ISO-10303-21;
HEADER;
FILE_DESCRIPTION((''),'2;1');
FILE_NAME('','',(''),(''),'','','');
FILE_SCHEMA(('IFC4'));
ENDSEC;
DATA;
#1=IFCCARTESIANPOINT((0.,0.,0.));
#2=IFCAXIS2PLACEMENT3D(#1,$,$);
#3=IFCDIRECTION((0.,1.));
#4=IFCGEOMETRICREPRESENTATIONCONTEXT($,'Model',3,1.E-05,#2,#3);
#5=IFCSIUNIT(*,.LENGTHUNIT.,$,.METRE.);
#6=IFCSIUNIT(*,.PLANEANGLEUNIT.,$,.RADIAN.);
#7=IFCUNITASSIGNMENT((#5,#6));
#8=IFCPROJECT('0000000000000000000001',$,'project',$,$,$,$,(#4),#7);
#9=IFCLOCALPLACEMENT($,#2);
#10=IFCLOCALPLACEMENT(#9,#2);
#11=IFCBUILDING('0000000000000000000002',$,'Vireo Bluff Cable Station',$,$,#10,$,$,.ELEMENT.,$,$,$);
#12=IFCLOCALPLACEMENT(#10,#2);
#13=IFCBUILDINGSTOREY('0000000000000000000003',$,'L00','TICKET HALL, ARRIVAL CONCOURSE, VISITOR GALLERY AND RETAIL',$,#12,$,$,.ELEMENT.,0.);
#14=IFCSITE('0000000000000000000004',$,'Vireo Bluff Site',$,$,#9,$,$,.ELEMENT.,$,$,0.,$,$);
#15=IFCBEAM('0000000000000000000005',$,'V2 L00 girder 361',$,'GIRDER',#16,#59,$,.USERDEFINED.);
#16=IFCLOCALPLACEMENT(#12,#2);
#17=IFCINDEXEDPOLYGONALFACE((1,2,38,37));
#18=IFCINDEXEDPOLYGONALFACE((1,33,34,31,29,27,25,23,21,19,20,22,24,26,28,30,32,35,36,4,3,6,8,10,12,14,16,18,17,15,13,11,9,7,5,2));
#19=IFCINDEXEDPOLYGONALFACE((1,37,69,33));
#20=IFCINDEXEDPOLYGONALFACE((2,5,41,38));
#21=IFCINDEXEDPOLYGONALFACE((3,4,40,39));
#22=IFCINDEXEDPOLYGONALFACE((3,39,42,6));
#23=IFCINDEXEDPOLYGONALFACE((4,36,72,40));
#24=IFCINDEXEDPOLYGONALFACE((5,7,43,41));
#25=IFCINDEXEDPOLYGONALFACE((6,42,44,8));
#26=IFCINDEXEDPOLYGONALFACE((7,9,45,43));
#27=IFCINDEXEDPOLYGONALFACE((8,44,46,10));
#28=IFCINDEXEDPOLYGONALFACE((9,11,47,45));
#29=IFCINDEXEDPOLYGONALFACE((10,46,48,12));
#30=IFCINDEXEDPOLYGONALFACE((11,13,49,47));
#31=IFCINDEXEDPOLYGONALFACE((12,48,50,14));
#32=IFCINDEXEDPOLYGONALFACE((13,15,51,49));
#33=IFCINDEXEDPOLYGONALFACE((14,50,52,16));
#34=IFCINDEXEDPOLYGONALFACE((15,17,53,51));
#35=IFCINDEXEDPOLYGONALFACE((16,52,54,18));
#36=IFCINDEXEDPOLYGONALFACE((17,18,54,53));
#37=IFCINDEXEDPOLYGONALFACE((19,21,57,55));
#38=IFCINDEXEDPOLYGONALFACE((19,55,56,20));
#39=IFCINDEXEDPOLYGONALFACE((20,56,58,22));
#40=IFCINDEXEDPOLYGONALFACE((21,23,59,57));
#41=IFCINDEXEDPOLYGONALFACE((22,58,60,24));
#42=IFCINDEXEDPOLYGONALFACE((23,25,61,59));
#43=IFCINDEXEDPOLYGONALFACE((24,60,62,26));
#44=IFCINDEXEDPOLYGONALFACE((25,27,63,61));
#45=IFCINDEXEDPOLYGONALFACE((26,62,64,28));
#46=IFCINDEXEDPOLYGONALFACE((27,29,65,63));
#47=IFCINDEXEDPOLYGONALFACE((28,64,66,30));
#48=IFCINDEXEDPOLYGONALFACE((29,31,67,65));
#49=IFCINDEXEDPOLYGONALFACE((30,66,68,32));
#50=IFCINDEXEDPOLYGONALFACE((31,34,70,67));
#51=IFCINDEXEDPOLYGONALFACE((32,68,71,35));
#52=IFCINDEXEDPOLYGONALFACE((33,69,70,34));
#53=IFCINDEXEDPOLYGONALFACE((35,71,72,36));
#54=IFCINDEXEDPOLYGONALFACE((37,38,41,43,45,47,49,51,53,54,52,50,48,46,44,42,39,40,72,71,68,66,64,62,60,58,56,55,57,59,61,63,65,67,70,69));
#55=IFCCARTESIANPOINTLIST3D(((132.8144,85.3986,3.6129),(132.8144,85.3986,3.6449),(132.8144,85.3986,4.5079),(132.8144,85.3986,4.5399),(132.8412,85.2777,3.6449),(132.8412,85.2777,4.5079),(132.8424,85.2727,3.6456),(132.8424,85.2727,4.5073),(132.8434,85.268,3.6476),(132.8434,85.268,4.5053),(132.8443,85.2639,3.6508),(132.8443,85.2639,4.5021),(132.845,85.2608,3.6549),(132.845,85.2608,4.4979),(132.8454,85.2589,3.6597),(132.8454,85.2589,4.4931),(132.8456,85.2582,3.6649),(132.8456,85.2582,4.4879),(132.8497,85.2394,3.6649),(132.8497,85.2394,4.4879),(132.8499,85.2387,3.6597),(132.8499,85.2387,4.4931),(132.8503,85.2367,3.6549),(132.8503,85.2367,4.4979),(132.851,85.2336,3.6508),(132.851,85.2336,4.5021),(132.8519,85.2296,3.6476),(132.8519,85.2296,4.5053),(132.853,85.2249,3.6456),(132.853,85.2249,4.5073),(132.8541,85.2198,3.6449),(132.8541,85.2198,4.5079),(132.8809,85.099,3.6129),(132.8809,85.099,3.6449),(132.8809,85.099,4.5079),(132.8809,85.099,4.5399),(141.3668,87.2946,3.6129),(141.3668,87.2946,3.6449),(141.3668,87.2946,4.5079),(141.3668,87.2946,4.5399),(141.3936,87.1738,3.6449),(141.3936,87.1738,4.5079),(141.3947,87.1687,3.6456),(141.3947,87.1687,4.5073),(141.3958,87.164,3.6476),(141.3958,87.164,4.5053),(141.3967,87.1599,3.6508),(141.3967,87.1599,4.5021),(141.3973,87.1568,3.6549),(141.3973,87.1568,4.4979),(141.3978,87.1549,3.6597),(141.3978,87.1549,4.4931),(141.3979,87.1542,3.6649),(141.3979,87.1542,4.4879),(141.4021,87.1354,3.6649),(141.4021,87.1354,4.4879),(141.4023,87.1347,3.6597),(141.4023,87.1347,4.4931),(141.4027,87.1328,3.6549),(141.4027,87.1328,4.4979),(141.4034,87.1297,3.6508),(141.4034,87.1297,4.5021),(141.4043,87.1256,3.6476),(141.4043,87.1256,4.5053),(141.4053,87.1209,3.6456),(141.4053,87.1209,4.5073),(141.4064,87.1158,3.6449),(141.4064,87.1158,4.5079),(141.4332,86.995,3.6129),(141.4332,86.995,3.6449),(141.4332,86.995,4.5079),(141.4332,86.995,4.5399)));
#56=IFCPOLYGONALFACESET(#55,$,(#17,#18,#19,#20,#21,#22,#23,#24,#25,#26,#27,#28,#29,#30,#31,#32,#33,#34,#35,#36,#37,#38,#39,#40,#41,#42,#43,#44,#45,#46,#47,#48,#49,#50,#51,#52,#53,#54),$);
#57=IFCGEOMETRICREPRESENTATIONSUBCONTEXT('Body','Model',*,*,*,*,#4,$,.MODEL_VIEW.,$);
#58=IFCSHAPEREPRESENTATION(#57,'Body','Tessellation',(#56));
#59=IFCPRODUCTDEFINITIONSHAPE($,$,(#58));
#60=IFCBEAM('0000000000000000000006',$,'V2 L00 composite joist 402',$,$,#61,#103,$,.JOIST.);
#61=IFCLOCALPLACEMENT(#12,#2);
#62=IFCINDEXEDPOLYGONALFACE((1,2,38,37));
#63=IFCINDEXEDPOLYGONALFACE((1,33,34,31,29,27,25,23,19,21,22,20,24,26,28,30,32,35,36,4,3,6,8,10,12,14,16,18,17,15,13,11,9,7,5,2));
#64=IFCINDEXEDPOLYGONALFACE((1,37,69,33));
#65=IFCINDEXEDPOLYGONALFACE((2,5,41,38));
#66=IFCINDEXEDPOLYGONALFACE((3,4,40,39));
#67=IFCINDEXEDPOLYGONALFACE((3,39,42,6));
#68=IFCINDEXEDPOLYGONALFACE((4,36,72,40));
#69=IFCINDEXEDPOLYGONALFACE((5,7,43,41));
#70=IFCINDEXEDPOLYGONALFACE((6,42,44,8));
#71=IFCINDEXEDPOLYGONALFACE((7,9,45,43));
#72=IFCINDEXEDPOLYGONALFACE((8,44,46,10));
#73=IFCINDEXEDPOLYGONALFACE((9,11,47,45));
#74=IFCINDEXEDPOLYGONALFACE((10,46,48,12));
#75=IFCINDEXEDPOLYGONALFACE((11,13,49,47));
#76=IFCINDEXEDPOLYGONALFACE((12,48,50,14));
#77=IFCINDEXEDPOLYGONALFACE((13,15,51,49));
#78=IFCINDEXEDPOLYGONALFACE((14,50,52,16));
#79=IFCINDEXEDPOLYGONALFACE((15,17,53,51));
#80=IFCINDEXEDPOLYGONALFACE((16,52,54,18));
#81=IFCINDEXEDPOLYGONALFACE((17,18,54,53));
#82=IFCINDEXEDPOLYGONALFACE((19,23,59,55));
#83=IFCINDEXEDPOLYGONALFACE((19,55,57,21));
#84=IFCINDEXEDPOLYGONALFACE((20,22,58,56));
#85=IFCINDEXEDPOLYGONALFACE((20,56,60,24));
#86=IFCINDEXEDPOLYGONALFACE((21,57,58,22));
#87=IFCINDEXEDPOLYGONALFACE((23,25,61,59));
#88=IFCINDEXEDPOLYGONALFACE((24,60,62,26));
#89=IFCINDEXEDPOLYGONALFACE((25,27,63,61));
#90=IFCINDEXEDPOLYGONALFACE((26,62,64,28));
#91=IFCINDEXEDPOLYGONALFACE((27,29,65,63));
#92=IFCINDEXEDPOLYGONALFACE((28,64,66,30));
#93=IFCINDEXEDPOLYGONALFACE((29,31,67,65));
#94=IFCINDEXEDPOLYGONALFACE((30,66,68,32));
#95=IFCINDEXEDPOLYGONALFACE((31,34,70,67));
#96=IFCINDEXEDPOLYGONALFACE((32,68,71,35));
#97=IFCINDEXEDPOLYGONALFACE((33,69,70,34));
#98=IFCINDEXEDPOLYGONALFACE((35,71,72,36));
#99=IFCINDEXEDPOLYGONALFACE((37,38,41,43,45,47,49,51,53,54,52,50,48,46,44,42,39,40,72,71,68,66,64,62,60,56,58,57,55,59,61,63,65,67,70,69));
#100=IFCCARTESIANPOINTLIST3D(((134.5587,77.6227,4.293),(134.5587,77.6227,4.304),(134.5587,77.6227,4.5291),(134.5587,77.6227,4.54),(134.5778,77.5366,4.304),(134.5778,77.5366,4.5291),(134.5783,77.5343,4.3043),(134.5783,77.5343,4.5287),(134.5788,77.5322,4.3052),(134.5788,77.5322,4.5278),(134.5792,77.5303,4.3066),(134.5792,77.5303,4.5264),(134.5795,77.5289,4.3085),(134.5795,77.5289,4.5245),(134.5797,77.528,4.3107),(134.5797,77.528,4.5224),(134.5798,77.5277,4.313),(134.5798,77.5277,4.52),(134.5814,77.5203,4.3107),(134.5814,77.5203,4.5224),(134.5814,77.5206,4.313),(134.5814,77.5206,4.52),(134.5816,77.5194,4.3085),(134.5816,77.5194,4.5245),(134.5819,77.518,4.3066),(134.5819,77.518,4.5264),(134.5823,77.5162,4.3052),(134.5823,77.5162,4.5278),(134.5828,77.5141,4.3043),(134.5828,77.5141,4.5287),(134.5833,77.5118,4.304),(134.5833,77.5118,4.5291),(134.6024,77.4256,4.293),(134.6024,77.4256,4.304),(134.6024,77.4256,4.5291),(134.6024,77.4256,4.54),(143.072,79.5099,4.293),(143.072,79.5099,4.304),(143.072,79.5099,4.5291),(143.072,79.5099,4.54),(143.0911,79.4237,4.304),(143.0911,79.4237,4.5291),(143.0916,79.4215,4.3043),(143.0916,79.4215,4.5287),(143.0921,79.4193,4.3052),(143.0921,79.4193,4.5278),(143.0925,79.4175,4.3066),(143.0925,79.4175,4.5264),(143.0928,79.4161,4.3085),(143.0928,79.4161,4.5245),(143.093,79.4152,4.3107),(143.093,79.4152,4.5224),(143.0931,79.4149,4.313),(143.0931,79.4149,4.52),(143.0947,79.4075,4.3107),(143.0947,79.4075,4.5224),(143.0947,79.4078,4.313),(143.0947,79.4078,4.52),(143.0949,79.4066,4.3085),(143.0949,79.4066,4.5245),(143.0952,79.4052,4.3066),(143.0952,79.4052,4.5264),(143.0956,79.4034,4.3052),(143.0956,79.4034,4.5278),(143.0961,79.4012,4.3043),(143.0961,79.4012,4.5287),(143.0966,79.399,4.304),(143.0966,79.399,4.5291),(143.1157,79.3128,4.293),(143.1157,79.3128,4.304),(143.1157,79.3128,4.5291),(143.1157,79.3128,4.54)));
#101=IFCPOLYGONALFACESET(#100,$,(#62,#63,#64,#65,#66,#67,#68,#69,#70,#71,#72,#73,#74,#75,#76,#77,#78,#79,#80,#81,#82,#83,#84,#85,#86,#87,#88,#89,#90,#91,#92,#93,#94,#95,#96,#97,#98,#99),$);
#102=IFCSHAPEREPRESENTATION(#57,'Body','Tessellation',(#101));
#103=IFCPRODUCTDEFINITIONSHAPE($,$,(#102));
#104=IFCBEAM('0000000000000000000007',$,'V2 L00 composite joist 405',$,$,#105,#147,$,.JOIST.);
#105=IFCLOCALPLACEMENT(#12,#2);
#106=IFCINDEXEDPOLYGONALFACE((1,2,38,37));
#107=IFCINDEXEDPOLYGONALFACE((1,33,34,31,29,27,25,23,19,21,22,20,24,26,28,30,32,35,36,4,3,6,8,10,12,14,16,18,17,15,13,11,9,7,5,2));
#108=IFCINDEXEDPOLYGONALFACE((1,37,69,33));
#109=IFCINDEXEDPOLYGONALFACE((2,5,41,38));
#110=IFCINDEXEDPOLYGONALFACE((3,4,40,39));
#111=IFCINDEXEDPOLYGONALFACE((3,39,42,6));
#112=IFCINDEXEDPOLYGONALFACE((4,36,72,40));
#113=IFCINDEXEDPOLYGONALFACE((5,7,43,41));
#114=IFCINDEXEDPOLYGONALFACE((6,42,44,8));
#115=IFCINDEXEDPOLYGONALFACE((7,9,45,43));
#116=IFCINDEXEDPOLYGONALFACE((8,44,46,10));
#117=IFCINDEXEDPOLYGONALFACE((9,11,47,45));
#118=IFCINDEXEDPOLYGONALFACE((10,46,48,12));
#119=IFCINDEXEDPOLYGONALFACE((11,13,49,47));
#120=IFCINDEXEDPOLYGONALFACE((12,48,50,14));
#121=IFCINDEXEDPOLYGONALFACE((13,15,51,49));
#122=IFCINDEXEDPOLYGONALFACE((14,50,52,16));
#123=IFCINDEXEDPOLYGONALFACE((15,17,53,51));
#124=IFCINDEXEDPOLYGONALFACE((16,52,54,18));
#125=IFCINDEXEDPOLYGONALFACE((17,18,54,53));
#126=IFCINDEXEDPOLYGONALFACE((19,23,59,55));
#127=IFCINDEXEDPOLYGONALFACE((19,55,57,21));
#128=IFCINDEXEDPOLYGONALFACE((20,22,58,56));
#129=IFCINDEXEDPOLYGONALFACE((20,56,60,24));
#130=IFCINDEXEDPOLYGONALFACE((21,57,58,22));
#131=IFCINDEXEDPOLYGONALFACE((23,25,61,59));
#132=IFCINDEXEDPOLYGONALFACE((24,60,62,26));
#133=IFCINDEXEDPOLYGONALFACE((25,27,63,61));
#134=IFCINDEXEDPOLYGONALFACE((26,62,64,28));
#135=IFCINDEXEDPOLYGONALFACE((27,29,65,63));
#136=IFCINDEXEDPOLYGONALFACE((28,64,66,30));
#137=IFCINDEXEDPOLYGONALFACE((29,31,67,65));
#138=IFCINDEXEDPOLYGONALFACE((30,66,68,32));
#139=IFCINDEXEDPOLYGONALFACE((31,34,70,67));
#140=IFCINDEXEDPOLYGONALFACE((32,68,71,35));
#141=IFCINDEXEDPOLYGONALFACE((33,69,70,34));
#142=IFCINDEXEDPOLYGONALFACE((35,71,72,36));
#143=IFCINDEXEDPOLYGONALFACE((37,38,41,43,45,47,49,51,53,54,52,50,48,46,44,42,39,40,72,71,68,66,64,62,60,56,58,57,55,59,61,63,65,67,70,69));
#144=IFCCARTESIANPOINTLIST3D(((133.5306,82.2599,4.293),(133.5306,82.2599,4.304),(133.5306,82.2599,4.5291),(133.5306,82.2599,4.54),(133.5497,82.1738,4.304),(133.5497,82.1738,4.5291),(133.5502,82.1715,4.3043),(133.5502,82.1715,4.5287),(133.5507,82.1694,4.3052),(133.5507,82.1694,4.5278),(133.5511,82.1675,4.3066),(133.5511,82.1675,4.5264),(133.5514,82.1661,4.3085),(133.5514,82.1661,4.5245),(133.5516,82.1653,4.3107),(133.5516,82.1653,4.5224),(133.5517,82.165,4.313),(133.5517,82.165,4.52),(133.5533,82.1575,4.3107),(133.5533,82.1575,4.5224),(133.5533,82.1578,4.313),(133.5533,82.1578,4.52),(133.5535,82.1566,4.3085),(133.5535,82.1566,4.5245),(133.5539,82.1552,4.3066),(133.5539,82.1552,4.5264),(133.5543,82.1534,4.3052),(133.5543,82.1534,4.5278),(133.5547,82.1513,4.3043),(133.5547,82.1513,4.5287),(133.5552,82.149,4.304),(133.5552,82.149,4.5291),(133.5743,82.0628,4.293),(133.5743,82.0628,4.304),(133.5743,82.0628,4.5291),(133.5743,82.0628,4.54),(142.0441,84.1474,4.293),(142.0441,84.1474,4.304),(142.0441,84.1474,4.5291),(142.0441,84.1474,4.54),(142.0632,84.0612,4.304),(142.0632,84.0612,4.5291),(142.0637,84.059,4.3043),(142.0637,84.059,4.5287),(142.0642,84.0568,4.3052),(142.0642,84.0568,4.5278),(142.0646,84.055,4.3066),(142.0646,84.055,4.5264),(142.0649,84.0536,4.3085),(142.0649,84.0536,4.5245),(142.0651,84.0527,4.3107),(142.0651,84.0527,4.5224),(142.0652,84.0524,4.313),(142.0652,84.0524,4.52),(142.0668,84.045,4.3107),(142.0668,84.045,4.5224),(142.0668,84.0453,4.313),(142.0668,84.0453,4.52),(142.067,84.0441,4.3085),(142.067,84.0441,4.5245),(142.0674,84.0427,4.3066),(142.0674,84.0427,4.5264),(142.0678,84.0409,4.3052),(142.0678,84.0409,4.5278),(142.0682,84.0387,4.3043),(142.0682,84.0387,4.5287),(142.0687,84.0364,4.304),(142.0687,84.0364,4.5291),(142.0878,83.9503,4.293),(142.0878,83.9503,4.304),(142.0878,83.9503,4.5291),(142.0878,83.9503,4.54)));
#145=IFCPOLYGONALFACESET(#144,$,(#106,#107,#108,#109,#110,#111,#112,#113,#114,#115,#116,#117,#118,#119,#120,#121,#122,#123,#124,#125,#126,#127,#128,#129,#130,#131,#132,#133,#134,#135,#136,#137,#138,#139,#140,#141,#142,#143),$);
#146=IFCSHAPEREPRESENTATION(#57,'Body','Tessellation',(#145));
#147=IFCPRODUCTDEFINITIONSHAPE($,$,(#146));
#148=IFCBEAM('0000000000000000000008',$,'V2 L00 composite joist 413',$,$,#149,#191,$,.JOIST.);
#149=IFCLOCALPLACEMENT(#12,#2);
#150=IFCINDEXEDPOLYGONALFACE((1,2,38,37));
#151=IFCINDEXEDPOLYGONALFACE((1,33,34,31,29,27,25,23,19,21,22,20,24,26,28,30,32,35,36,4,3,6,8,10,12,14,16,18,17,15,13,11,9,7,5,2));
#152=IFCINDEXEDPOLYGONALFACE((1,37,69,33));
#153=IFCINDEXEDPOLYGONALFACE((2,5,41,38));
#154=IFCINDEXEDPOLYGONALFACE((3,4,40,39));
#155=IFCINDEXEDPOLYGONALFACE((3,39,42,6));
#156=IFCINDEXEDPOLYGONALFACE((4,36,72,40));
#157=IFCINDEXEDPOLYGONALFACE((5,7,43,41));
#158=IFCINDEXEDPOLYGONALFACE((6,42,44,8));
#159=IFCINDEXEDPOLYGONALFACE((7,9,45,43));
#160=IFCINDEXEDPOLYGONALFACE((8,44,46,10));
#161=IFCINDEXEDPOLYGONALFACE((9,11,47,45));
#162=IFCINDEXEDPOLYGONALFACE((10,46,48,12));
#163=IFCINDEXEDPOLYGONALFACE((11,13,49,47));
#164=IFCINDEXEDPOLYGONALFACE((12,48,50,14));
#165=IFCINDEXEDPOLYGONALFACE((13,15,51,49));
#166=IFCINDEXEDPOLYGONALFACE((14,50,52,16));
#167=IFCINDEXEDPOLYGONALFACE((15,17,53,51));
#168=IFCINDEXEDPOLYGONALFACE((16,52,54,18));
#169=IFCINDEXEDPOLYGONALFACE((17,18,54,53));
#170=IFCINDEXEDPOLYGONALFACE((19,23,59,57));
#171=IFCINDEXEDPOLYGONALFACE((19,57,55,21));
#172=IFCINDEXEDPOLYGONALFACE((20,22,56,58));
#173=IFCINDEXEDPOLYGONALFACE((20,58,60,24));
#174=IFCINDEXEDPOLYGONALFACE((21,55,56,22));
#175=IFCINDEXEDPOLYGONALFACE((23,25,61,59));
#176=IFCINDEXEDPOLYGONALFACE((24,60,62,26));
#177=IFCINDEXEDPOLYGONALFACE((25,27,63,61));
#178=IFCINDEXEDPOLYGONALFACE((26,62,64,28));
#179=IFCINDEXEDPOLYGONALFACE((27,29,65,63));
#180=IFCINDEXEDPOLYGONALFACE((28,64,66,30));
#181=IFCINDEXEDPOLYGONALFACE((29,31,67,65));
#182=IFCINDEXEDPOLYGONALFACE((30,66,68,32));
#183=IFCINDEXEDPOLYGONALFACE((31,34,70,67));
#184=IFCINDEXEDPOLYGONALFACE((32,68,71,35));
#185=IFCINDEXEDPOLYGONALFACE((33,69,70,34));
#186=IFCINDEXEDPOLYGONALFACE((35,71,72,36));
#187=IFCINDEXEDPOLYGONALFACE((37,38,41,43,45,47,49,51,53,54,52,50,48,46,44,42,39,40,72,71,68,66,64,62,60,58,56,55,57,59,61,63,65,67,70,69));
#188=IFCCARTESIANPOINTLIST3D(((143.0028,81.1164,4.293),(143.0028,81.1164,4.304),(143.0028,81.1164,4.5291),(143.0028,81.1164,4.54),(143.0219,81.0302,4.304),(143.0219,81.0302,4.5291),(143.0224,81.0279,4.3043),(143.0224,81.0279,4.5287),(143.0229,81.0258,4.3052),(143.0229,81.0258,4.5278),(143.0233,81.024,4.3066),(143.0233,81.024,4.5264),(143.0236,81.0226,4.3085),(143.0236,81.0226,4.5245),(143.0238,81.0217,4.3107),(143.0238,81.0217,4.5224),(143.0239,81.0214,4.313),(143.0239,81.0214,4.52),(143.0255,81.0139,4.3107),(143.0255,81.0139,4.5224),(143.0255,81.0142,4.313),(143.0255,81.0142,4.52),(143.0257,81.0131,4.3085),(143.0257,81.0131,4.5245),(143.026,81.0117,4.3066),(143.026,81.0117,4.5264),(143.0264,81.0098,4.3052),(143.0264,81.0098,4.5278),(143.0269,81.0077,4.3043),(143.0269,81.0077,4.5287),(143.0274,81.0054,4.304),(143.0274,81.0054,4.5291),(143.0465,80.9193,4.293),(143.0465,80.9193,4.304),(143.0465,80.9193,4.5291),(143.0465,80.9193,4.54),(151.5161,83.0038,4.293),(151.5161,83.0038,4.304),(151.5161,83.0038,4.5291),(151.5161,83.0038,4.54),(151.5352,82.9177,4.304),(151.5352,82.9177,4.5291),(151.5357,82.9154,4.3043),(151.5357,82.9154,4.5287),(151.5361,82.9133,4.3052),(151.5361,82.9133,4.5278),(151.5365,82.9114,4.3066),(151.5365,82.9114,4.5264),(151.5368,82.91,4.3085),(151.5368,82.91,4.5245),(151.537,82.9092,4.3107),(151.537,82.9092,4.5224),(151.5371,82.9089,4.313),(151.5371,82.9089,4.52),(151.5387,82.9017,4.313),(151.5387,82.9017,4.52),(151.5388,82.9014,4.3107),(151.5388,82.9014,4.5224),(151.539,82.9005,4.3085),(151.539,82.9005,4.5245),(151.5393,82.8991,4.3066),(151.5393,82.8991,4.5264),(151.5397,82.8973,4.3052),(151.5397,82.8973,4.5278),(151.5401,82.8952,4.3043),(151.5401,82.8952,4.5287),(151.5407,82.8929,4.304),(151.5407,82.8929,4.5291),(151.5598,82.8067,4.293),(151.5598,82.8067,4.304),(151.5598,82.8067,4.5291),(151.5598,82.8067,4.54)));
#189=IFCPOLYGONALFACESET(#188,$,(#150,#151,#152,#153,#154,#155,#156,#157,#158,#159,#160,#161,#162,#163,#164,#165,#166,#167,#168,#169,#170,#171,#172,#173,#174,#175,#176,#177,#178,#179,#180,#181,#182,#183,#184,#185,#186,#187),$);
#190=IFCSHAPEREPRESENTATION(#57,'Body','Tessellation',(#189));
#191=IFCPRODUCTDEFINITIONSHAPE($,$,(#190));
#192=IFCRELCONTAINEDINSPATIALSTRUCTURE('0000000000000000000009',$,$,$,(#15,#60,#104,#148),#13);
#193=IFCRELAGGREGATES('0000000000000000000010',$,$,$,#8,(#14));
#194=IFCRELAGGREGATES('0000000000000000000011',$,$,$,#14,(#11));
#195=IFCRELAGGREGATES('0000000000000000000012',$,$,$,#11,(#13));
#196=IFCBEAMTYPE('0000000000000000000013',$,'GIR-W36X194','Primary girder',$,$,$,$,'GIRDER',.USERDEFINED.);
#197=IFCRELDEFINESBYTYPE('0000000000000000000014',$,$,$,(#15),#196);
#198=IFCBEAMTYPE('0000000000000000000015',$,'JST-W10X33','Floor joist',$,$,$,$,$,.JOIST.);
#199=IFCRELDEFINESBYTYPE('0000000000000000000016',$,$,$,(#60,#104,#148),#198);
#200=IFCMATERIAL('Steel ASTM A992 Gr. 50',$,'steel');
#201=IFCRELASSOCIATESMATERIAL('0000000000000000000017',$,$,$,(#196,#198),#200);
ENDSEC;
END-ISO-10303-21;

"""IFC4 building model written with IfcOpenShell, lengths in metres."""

from ifc_helpers import new_model, si_unit, direction, frame, origin, origin_2d, place, context, subcontext, project, spatial, i_section, extrude, material, material_profile, profile_set, type_object, element, save


model = new_model("IFC4")

# Units and contexts
model_context = context("Model", 3, precision=1e-05, world=origin(), true_north=direction((0.0, 1.0)))
body_context = subcontext(model_context, "Body", "Model", "MODEL_VIEW")
ifc_project = project(units=[si_unit("LENGTHUNIT", "METRE"), si_unit("PLANEANGLEUNIT", "RADIAN")], contexts=[model_context])

# Site, building, storey
site_placement = place(None, origin())
site = spatial("IfcSite", under=ifc_project, at=site_placement, Name="Vireo Bluff Site", CompositionType="ELEMENT", RefElevation=0.0)
building_placement = place(site_placement, origin())
building = spatial("IfcBuilding", under=site, at=building_placement, Name="Vireo Bluff Cable Station", CompositionType="ELEMENT")
storey_placement = place(building_placement, origin())
storey = spatial("IfcBuildingStorey", under=building, at=storey_placement, Name="L00", Description="TICKET HALL, ARRIVAL CONCOURSE, VISITOR GALLERY AND RETAIL", CompositionType="ELEMENT", Elevation=0.0)

# Shared definitions
ifc_material_1 = material(Name="Steel ASTM A992 Gr. 50", Category="steel")

# Beams
ifc_material_profile_1 = material_profile(ifc_material_1, i_section(OverallWidth=0.3069, OverallDepth=0.927, WebThickness=0.0193, FlangeThickness=0.032, FilletRadius=0.02, at=origin_2d()), Name="W36X194")
ifc_profile_set_1 = profile_set([ifc_material_profile_1], Name="Steel ASTM A992 Gr. 50")
beam_type_1 = type_object("IfcBeamType", Name="GIR-W36X194", Description="Primary girder", ElementType="GIRDER", PredefinedType="USERDEFINED", material=ifc_profile_set_1)
beam_1_placement = place(storey_placement, frame((132.8477, 85.2488, 4.0764), z_axis=(0.976296, 0.216441, 0.0), x_axis=(-0.216441, 0.976296, 0.0)))
element("IfcBeam", 1, at=beam_1_placement, inside=storey, type_object=beam_type_1, Name="V2 L00 girder 361", ObjectType="GIRDER", PredefinedType="USERDEFINED", context=body_context, shape_type="SweptSolid", body=[
    extrude(i_section(OverallWidth=0.3069, OverallDepth=0.927, WebThickness=0.0193, FlangeThickness=0.032, FilletRadius=0.02, at=origin_2d()), origin(), (0.0, 0.0, 1.0), 8.76),
])
ifc_material_profile_2 = material_profile(ifc_material_1, i_section(OverallWidth=0.2019, OverallDepth=0.2471, WebThickness=0.0073, FlangeThickness=0.011, FilletRadius=0.009, at=origin_2d()), Name="W10X33")
ifc_profile_set_2 = profile_set([ifc_material_profile_2], Name="Steel ASTM A992 Gr. 50")
beam_type_2 = type_object("IfcBeamType", Name="JST-W10X33", Description="Floor joist", PredefinedType="JOIST", material=ifc_profile_set_2)
beam_2_placement = place(storey_placement, frame((134.5806, 77.5242, 4.4165), z_axis=(0.9763, 0.216421, 0.0), x_axis=(-0.216421, 0.9763, 0.0)))
element("IfcBeam", 2, at=beam_2_placement, inside=storey, type_object=beam_type_2, Name="V2 L00 composite joist 402", PredefinedType="JOIST", context=body_context, shape_type="SweptSolid", body=[
    extrude(i_section(OverallWidth=0.2019, OverallDepth=0.2471, WebThickness=0.0073, FlangeThickness=0.011, FilletRadius=0.009, at=origin_2d()), origin(), (0.0, 0.0, 1.0), 8.72),
])
beam_3_placement = place(storey_placement, frame((133.5525, 82.1614, 4.4165), z_axis=(0.976294, 0.216447, 0.0), x_axis=(-0.216447, 0.976294, 0.0)))
element("IfcBeam", 3, at=beam_3_placement, inside=storey, type_object=beam_type_2, Name="V2 L00 composite joist 405", PredefinedType="JOIST", context=body_context, shape_type="SweptSolid", body=[
    extrude(i_section(OverallWidth=0.2019, OverallDepth=0.2471, WebThickness=0.0073, FlangeThickness=0.011, FilletRadius=0.009, at=origin_2d()), origin(), (0.0, 0.0, 1.0), 8.7202),
])
beam_4_placement = place(storey_placement, frame((143.0247, 81.0178, 4.4165), z_axis=(0.976293, 0.216453, 0.0), x_axis=(-0.216453, 0.976293, 0.0)))
element("IfcBeam", 4, at=beam_4_placement, inside=storey, type_object=beam_type_2, Name="V2 L00 composite joist 413", PredefinedType="JOIST", context=body_context, shape_type="SweptSolid", body=[
    extrude(i_section(OverallWidth=0.2019, OverallDepth=0.2471, WebThickness=0.0073, FlangeThickness=0.011, FilletRadius=0.009, at=origin_2d()), origin(), (0.0, 0.0, 1.0), 8.72),
])

save(model, "model.ifc")
